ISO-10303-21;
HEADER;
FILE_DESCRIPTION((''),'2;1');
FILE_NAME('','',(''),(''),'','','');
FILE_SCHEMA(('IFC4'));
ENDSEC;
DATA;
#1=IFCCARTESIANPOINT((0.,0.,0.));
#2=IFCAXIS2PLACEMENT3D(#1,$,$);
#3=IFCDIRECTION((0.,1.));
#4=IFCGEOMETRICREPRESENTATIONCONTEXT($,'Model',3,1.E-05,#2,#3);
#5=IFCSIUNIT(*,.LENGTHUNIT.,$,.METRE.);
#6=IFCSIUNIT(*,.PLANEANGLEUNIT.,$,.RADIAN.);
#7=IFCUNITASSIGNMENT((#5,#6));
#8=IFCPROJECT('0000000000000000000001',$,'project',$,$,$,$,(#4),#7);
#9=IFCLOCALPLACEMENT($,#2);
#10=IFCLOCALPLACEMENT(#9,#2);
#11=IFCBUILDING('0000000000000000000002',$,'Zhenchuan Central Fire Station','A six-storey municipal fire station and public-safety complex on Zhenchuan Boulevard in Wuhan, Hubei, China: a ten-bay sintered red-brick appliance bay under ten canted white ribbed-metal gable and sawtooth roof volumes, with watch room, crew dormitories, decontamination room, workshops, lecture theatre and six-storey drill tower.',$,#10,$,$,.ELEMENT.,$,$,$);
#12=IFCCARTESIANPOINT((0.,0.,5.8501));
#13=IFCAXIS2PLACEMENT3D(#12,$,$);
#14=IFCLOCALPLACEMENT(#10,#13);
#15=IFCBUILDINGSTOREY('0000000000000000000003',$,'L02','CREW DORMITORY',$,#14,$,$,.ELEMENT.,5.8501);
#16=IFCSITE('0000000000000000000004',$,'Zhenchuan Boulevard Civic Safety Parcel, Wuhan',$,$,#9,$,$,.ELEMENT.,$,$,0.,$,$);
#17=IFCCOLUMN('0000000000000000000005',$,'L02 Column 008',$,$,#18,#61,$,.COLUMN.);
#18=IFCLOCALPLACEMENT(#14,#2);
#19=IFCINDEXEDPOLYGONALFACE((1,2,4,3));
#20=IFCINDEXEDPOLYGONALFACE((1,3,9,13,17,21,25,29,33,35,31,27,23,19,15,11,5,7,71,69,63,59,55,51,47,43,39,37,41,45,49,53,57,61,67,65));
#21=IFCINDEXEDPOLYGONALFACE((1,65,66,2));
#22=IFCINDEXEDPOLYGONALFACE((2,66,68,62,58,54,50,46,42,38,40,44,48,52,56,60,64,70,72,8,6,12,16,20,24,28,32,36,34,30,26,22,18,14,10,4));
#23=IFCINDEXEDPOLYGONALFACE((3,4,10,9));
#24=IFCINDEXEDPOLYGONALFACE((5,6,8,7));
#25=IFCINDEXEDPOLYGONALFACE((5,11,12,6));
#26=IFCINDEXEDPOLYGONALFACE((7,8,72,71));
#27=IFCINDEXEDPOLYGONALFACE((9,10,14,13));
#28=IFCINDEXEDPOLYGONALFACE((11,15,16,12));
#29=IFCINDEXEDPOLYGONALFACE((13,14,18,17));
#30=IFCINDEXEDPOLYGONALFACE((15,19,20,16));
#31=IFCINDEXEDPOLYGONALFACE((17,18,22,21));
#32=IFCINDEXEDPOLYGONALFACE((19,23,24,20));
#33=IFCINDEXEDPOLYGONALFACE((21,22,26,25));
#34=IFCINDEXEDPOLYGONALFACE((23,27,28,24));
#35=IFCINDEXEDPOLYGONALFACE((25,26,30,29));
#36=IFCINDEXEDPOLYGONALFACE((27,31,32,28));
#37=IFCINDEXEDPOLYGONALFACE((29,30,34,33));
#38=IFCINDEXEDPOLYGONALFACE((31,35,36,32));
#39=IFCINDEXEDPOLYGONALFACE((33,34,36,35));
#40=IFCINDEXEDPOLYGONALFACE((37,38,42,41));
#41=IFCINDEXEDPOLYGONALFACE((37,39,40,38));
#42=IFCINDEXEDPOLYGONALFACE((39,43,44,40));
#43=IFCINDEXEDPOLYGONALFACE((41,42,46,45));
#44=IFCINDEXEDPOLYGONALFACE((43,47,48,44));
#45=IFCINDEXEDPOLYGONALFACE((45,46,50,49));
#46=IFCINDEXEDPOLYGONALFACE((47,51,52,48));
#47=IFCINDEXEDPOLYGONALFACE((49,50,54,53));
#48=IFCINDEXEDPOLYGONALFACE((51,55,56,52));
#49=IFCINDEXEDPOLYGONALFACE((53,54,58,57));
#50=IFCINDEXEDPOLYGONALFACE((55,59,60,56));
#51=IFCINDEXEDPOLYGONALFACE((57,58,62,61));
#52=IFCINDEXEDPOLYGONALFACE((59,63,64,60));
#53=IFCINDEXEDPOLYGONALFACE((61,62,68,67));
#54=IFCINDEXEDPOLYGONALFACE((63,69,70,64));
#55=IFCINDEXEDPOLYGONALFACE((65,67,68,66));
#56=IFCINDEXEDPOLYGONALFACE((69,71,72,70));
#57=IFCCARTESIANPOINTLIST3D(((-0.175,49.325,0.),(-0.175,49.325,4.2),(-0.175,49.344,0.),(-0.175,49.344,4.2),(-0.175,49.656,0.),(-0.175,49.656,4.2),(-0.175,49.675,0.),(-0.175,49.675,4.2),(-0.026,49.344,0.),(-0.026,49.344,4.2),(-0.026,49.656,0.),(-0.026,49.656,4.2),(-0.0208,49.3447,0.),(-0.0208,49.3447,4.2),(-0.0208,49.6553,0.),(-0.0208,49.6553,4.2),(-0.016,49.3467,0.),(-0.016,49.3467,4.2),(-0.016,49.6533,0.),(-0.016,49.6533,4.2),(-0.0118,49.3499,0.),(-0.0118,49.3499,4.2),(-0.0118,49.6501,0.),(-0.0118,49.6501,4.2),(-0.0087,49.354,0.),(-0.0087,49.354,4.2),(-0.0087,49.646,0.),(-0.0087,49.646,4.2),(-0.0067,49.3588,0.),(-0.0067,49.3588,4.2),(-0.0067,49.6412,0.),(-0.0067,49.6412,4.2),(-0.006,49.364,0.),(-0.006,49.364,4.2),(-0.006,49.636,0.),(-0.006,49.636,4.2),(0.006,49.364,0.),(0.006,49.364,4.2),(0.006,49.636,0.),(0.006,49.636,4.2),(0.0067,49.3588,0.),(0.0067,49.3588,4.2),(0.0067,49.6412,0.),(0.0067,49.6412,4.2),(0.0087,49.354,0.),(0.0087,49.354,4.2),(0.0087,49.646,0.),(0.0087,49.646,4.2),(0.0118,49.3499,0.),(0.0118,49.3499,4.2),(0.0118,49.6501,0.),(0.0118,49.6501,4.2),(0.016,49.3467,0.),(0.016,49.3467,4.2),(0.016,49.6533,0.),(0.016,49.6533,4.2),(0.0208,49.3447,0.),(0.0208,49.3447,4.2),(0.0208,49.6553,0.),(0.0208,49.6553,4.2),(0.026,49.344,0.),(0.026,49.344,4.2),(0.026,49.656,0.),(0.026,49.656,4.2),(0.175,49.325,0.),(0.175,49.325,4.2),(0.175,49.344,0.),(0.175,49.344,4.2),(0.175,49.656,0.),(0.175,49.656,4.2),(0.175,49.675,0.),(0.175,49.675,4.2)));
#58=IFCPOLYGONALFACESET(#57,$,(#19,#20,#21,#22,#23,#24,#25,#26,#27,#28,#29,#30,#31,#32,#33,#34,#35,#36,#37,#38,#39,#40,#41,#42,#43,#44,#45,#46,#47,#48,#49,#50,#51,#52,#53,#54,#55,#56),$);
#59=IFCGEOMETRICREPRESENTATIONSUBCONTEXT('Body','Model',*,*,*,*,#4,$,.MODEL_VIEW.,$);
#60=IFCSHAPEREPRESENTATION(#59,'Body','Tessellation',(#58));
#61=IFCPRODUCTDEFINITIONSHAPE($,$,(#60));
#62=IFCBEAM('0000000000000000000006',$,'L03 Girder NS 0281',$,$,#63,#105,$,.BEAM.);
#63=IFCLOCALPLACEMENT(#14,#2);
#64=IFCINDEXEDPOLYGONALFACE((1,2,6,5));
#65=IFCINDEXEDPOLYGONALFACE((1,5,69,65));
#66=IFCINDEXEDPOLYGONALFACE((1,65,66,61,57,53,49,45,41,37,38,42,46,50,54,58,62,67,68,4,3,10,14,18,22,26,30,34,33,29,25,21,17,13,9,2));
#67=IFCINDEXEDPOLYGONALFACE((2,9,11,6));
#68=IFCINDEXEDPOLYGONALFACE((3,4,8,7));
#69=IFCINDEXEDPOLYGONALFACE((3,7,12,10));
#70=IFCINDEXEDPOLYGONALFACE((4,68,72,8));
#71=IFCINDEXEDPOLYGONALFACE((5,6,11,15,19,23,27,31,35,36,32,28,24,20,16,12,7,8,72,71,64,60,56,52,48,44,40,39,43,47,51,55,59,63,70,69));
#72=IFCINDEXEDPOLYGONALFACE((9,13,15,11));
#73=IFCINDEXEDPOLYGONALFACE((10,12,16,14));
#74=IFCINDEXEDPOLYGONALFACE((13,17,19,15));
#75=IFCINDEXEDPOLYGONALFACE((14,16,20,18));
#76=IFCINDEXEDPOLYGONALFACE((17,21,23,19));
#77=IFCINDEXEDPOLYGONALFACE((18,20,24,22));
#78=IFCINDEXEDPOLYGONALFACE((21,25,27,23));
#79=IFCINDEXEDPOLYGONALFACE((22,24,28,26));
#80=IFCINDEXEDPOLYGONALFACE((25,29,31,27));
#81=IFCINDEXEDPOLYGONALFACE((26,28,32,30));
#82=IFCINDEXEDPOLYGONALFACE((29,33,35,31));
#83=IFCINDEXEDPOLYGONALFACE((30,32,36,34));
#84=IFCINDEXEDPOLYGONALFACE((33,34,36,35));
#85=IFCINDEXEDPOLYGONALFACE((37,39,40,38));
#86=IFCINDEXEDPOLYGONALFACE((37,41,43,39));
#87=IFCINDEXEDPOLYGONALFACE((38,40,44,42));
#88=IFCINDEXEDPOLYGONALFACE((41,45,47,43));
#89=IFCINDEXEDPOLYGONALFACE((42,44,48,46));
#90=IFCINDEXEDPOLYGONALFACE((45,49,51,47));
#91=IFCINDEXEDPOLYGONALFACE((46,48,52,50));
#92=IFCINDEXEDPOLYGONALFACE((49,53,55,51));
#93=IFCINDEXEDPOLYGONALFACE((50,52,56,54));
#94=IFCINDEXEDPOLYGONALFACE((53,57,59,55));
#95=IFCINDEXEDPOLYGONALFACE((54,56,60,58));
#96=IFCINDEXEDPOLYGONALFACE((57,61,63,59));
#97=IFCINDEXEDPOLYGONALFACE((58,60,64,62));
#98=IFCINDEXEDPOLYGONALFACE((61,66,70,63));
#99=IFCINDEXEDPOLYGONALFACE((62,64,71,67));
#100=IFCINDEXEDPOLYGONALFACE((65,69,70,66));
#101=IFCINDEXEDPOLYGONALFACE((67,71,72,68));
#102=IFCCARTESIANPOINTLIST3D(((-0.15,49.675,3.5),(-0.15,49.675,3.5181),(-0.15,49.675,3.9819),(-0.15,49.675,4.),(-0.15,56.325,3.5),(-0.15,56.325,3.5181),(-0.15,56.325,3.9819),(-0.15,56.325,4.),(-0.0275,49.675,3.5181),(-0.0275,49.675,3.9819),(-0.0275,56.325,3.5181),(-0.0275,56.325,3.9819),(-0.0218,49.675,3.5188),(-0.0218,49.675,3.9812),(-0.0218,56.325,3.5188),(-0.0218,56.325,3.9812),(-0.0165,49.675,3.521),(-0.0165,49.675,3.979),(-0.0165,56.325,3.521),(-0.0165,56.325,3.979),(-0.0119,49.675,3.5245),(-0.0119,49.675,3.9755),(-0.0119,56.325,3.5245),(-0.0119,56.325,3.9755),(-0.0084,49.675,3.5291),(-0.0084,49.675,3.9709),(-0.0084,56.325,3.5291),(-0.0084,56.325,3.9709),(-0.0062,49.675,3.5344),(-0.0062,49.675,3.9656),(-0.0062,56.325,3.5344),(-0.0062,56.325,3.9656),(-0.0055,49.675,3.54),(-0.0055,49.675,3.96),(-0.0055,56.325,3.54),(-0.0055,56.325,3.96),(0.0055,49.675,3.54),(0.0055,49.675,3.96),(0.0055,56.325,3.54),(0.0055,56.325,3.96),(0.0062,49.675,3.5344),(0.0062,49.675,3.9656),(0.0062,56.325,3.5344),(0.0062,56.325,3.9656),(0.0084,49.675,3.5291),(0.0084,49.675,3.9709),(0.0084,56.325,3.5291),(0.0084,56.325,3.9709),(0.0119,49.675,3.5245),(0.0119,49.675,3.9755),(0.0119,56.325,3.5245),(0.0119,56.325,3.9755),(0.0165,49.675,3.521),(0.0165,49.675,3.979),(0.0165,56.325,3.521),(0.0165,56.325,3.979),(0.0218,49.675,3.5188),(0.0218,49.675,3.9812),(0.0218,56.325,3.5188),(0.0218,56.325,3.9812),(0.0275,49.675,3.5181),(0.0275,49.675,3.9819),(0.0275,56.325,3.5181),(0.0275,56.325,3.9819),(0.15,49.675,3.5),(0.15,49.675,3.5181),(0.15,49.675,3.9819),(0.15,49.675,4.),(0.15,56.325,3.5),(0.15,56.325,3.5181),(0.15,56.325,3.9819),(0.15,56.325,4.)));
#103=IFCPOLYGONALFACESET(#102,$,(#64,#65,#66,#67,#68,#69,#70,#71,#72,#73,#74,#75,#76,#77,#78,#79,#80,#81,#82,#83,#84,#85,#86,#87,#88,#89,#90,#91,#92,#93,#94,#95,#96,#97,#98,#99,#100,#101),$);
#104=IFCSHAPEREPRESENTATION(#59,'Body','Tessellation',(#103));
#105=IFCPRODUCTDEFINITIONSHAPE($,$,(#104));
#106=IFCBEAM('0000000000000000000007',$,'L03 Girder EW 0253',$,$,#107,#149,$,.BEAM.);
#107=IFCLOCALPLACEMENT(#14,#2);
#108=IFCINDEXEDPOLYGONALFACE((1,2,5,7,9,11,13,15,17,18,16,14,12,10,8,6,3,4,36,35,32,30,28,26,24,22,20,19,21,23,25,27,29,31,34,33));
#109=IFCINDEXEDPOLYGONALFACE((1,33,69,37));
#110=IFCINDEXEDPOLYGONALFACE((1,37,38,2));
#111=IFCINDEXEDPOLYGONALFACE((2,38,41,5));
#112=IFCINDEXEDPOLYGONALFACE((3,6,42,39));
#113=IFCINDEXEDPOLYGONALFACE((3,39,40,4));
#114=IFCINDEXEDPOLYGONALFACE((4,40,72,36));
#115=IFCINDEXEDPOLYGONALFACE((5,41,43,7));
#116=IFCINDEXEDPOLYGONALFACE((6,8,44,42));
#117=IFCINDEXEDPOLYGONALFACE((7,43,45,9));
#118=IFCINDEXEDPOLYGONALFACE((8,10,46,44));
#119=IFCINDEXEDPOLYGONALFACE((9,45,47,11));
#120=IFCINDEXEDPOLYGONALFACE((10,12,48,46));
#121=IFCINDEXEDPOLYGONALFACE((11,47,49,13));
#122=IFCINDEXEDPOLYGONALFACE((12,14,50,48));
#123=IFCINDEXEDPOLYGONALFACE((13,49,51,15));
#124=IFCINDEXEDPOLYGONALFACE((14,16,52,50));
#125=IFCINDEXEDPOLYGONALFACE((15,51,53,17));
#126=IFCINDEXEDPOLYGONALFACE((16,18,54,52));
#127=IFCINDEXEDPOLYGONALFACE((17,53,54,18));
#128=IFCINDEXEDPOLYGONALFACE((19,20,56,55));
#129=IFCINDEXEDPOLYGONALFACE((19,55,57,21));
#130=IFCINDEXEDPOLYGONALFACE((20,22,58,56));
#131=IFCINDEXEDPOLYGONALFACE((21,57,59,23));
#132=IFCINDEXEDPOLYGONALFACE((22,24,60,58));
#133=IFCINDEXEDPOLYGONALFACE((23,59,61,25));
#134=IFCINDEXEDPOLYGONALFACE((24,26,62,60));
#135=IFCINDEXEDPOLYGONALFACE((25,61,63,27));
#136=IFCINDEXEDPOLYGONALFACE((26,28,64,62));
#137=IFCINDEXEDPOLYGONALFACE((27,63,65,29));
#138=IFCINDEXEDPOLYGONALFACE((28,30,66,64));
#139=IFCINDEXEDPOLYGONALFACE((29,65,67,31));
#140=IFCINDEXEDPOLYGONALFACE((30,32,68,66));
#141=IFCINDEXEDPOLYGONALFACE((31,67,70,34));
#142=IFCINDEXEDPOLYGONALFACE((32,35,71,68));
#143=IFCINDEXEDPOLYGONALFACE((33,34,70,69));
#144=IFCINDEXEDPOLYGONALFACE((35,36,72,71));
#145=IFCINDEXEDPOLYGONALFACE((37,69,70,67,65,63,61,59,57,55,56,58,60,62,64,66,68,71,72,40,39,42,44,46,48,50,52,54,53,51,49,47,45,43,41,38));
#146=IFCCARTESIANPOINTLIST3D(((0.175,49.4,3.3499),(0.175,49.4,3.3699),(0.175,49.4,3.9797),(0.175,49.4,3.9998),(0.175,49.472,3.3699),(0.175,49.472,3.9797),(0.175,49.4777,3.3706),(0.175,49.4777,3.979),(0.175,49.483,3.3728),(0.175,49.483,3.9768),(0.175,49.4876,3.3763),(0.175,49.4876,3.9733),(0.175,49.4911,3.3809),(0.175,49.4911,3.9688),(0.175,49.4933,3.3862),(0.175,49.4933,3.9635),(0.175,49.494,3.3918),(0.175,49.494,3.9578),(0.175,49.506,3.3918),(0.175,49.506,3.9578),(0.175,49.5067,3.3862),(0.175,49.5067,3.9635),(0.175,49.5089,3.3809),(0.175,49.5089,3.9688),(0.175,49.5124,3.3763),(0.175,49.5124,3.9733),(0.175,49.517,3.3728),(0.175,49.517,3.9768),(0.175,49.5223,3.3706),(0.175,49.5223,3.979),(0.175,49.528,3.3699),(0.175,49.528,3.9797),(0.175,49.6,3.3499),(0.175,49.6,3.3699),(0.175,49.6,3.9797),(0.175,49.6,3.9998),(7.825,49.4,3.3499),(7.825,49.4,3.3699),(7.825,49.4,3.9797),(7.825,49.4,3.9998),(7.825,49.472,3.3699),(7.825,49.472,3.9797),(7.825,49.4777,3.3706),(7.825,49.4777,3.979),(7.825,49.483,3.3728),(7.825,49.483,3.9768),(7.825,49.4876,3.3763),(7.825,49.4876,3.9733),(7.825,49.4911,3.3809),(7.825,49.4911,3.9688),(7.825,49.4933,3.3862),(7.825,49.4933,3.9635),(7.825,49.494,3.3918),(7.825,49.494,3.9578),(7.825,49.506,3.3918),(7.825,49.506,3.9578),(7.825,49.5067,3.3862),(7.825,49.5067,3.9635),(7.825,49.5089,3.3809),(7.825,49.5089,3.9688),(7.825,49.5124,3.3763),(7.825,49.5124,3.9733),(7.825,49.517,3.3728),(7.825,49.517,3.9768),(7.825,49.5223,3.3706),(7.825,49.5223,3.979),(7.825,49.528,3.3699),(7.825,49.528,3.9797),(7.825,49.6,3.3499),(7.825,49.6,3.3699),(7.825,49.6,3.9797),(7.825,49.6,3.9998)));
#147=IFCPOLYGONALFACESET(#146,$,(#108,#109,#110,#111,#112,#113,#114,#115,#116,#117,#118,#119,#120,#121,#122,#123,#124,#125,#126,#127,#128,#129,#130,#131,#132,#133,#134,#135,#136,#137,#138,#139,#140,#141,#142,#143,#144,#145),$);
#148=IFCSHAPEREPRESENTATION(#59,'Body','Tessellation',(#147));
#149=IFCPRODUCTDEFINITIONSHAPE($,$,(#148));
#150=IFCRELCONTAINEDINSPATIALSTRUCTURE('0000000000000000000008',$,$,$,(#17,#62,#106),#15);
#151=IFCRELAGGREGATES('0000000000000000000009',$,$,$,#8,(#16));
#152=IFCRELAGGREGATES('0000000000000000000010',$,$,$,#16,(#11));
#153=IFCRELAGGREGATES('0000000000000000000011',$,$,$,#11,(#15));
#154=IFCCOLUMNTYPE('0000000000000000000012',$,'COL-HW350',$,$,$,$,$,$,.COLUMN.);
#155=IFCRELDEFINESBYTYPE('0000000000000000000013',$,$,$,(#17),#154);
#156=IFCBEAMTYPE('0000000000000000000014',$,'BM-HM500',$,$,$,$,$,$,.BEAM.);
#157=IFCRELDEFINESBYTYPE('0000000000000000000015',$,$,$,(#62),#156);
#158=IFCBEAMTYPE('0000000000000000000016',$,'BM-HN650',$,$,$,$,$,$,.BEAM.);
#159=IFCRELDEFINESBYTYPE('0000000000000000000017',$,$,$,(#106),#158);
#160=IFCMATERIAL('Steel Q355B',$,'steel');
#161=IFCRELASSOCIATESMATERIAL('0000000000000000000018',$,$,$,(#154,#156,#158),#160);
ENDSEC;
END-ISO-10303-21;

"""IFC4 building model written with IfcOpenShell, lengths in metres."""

from ifc_helpers import new_model, si_unit, direction, frame, origin, origin_2d, place, context, subcontext, project, spatial, i_section, extrude, material, material_profile, profile_set, type_object, element, save


model = new_model("IFC4")

# Units and contexts
model_context = context("Model", 3, precision=1e-05, world=origin(), true_north=direction((0.0, 1.0)))
body_context = subcontext(model_context, "Body", "Model", "MODEL_VIEW")
ifc_project = project(units=[si_unit("LENGTHUNIT", "METRE"), si_unit("PLANEANGLEUNIT", "RADIAN")], contexts=[model_context])

# Site, building, storey
site_placement = place(None, origin())
site = spatial("IfcSite", under=ifc_project, at=site_placement, Name="Zhenchuan Boulevard Civic Safety Parcel, Wuhan", CompositionType="ELEMENT", RefElevation=0.0)
building_placement = place(site_placement, origin())
building = spatial("IfcBuilding", under=site, at=building_placement, Name="Zhenchuan Central Fire Station", Description="A six-storey municipal fire station and public-safety complex on Zhenchuan Boulevard in Wuhan, Hubei, China: a ten-bay sintered red-brick appliance bay under ten canted white ribbed-metal gable and sawtooth roof volumes, with watch room, crew dormitories, decontamination room, workshops, lecture theatre and six-storey drill tower.", CompositionType="ELEMENT")
storey_placement = place(building_placement, frame((0.0, 0.0, 5.8501)))
storey = spatial("IfcBuildingStorey", under=building, at=storey_placement, Name="L02", Description="CREW DORMITORY", CompositionType="ELEMENT", Elevation=5.8501)

# Column
ifc_material_1 = material(Name="Steel Q355B", Category="steel")
ifc_material_profile_1 = material_profile(ifc_material_1, i_section(OverallWidth=0.3501, OverallDepth=0.3501, WebThickness=0.012, FlangeThickness=0.019, FilletRadius=0.02, at=origin_2d()), Name="HW 350x350")
ifc_profile_set_1 = profile_set([ifc_material_profile_1], Name="Steel Q355B")
column_type = type_object("IfcColumnType", Name="COL-HW350", PredefinedType="COLUMN", material=ifc_profile_set_1)
column_placement = place(storey_placement, frame((0.0, 49.5, 0.0), z_axis=(0.0, 0.0, 1.0), x_axis=(1.0, 0.0, 0.0)))
element("IfcColumn", 1, at=column_placement, inside=storey, type_object=column_type, Name="L02 Column 008", PredefinedType="COLUMN", context=body_context, shape_type="SweptSolid", body=[
    extrude(i_section(OverallWidth=0.3501, OverallDepth=0.3501, WebThickness=0.012, FlangeThickness=0.019, FilletRadius=0.02, at=origin_2d()), origin(), (0.0, 0.0, 1.0), 4.2),
])

# Beams
ifc_material_profile_2 = material_profile(ifc_material_1, i_section(OverallWidth=0.3, OverallDepth=0.5, WebThickness=0.011, FlangeThickness=0.0181, FilletRadius=0.022, at=origin_2d()), Name="HM 500x300")
ifc_profile_set_2 = profile_set([ifc_material_profile_2], Name="Steel Q355B")
beam_type_1 = type_object("IfcBeamType", Name="BM-HM500", PredefinedType="BEAM", material=ifc_profile_set_2)
beam_1_placement = place(storey_placement, frame((0.0, 49.675, 3.75), z_axis=(0.0, 1.0, 0.0), x_axis=(-1.0, 0.0, 0.0)))
element("IfcBeam", 2, at=beam_1_placement, inside=storey, type_object=beam_type_1, Name="L03 Girder NS 0281", PredefinedType="BEAM", context=body_context, shape_type="SweptSolid", body=[
    extrude(i_section(OverallWidth=0.3, OverallDepth=0.5, WebThickness=0.011, FlangeThickness=0.0181, FilletRadius=0.022, at=origin_2d()), origin(), (0.0, 0.0, 1.0), 6.6499),
])
ifc_material_profile_3 = material_profile(ifc_material_1, i_section(OverallWidth=0.2, OverallDepth=0.6499, WebThickness=0.012, FlangeThickness=0.02, FilletRadius=0.022, at=origin_2d()), Name="HN 650x200")
ifc_profile_set_3 = profile_set([ifc_material_profile_3], Name="Steel Q355B")
beam_type_2 = type_object("IfcBeamType", Name="BM-HN650", PredefinedType="BEAM", material=ifc_profile_set_3)
beam_2_placement = place(storey_placement, frame((0.175, 49.5, 3.6748), z_axis=(1.0, 0.0, 0.0), x_axis=(0.0, 1.0, 0.0)))
element("IfcBeam", 3, at=beam_2_placement, inside=storey, type_object=beam_type_2, Name="L03 Girder EW 0253", PredefinedType="BEAM", context=body_context, shape_type="SweptSolid", body=[
    extrude(i_section(OverallWidth=0.2, OverallDepth=0.6499, WebThickness=0.012, FlangeThickness=0.02, FilletRadius=0.022, at=origin_2d()), origin(), (0.0, 0.0, 1.0), 7.6499),
])

save(model, "model.ifc")
